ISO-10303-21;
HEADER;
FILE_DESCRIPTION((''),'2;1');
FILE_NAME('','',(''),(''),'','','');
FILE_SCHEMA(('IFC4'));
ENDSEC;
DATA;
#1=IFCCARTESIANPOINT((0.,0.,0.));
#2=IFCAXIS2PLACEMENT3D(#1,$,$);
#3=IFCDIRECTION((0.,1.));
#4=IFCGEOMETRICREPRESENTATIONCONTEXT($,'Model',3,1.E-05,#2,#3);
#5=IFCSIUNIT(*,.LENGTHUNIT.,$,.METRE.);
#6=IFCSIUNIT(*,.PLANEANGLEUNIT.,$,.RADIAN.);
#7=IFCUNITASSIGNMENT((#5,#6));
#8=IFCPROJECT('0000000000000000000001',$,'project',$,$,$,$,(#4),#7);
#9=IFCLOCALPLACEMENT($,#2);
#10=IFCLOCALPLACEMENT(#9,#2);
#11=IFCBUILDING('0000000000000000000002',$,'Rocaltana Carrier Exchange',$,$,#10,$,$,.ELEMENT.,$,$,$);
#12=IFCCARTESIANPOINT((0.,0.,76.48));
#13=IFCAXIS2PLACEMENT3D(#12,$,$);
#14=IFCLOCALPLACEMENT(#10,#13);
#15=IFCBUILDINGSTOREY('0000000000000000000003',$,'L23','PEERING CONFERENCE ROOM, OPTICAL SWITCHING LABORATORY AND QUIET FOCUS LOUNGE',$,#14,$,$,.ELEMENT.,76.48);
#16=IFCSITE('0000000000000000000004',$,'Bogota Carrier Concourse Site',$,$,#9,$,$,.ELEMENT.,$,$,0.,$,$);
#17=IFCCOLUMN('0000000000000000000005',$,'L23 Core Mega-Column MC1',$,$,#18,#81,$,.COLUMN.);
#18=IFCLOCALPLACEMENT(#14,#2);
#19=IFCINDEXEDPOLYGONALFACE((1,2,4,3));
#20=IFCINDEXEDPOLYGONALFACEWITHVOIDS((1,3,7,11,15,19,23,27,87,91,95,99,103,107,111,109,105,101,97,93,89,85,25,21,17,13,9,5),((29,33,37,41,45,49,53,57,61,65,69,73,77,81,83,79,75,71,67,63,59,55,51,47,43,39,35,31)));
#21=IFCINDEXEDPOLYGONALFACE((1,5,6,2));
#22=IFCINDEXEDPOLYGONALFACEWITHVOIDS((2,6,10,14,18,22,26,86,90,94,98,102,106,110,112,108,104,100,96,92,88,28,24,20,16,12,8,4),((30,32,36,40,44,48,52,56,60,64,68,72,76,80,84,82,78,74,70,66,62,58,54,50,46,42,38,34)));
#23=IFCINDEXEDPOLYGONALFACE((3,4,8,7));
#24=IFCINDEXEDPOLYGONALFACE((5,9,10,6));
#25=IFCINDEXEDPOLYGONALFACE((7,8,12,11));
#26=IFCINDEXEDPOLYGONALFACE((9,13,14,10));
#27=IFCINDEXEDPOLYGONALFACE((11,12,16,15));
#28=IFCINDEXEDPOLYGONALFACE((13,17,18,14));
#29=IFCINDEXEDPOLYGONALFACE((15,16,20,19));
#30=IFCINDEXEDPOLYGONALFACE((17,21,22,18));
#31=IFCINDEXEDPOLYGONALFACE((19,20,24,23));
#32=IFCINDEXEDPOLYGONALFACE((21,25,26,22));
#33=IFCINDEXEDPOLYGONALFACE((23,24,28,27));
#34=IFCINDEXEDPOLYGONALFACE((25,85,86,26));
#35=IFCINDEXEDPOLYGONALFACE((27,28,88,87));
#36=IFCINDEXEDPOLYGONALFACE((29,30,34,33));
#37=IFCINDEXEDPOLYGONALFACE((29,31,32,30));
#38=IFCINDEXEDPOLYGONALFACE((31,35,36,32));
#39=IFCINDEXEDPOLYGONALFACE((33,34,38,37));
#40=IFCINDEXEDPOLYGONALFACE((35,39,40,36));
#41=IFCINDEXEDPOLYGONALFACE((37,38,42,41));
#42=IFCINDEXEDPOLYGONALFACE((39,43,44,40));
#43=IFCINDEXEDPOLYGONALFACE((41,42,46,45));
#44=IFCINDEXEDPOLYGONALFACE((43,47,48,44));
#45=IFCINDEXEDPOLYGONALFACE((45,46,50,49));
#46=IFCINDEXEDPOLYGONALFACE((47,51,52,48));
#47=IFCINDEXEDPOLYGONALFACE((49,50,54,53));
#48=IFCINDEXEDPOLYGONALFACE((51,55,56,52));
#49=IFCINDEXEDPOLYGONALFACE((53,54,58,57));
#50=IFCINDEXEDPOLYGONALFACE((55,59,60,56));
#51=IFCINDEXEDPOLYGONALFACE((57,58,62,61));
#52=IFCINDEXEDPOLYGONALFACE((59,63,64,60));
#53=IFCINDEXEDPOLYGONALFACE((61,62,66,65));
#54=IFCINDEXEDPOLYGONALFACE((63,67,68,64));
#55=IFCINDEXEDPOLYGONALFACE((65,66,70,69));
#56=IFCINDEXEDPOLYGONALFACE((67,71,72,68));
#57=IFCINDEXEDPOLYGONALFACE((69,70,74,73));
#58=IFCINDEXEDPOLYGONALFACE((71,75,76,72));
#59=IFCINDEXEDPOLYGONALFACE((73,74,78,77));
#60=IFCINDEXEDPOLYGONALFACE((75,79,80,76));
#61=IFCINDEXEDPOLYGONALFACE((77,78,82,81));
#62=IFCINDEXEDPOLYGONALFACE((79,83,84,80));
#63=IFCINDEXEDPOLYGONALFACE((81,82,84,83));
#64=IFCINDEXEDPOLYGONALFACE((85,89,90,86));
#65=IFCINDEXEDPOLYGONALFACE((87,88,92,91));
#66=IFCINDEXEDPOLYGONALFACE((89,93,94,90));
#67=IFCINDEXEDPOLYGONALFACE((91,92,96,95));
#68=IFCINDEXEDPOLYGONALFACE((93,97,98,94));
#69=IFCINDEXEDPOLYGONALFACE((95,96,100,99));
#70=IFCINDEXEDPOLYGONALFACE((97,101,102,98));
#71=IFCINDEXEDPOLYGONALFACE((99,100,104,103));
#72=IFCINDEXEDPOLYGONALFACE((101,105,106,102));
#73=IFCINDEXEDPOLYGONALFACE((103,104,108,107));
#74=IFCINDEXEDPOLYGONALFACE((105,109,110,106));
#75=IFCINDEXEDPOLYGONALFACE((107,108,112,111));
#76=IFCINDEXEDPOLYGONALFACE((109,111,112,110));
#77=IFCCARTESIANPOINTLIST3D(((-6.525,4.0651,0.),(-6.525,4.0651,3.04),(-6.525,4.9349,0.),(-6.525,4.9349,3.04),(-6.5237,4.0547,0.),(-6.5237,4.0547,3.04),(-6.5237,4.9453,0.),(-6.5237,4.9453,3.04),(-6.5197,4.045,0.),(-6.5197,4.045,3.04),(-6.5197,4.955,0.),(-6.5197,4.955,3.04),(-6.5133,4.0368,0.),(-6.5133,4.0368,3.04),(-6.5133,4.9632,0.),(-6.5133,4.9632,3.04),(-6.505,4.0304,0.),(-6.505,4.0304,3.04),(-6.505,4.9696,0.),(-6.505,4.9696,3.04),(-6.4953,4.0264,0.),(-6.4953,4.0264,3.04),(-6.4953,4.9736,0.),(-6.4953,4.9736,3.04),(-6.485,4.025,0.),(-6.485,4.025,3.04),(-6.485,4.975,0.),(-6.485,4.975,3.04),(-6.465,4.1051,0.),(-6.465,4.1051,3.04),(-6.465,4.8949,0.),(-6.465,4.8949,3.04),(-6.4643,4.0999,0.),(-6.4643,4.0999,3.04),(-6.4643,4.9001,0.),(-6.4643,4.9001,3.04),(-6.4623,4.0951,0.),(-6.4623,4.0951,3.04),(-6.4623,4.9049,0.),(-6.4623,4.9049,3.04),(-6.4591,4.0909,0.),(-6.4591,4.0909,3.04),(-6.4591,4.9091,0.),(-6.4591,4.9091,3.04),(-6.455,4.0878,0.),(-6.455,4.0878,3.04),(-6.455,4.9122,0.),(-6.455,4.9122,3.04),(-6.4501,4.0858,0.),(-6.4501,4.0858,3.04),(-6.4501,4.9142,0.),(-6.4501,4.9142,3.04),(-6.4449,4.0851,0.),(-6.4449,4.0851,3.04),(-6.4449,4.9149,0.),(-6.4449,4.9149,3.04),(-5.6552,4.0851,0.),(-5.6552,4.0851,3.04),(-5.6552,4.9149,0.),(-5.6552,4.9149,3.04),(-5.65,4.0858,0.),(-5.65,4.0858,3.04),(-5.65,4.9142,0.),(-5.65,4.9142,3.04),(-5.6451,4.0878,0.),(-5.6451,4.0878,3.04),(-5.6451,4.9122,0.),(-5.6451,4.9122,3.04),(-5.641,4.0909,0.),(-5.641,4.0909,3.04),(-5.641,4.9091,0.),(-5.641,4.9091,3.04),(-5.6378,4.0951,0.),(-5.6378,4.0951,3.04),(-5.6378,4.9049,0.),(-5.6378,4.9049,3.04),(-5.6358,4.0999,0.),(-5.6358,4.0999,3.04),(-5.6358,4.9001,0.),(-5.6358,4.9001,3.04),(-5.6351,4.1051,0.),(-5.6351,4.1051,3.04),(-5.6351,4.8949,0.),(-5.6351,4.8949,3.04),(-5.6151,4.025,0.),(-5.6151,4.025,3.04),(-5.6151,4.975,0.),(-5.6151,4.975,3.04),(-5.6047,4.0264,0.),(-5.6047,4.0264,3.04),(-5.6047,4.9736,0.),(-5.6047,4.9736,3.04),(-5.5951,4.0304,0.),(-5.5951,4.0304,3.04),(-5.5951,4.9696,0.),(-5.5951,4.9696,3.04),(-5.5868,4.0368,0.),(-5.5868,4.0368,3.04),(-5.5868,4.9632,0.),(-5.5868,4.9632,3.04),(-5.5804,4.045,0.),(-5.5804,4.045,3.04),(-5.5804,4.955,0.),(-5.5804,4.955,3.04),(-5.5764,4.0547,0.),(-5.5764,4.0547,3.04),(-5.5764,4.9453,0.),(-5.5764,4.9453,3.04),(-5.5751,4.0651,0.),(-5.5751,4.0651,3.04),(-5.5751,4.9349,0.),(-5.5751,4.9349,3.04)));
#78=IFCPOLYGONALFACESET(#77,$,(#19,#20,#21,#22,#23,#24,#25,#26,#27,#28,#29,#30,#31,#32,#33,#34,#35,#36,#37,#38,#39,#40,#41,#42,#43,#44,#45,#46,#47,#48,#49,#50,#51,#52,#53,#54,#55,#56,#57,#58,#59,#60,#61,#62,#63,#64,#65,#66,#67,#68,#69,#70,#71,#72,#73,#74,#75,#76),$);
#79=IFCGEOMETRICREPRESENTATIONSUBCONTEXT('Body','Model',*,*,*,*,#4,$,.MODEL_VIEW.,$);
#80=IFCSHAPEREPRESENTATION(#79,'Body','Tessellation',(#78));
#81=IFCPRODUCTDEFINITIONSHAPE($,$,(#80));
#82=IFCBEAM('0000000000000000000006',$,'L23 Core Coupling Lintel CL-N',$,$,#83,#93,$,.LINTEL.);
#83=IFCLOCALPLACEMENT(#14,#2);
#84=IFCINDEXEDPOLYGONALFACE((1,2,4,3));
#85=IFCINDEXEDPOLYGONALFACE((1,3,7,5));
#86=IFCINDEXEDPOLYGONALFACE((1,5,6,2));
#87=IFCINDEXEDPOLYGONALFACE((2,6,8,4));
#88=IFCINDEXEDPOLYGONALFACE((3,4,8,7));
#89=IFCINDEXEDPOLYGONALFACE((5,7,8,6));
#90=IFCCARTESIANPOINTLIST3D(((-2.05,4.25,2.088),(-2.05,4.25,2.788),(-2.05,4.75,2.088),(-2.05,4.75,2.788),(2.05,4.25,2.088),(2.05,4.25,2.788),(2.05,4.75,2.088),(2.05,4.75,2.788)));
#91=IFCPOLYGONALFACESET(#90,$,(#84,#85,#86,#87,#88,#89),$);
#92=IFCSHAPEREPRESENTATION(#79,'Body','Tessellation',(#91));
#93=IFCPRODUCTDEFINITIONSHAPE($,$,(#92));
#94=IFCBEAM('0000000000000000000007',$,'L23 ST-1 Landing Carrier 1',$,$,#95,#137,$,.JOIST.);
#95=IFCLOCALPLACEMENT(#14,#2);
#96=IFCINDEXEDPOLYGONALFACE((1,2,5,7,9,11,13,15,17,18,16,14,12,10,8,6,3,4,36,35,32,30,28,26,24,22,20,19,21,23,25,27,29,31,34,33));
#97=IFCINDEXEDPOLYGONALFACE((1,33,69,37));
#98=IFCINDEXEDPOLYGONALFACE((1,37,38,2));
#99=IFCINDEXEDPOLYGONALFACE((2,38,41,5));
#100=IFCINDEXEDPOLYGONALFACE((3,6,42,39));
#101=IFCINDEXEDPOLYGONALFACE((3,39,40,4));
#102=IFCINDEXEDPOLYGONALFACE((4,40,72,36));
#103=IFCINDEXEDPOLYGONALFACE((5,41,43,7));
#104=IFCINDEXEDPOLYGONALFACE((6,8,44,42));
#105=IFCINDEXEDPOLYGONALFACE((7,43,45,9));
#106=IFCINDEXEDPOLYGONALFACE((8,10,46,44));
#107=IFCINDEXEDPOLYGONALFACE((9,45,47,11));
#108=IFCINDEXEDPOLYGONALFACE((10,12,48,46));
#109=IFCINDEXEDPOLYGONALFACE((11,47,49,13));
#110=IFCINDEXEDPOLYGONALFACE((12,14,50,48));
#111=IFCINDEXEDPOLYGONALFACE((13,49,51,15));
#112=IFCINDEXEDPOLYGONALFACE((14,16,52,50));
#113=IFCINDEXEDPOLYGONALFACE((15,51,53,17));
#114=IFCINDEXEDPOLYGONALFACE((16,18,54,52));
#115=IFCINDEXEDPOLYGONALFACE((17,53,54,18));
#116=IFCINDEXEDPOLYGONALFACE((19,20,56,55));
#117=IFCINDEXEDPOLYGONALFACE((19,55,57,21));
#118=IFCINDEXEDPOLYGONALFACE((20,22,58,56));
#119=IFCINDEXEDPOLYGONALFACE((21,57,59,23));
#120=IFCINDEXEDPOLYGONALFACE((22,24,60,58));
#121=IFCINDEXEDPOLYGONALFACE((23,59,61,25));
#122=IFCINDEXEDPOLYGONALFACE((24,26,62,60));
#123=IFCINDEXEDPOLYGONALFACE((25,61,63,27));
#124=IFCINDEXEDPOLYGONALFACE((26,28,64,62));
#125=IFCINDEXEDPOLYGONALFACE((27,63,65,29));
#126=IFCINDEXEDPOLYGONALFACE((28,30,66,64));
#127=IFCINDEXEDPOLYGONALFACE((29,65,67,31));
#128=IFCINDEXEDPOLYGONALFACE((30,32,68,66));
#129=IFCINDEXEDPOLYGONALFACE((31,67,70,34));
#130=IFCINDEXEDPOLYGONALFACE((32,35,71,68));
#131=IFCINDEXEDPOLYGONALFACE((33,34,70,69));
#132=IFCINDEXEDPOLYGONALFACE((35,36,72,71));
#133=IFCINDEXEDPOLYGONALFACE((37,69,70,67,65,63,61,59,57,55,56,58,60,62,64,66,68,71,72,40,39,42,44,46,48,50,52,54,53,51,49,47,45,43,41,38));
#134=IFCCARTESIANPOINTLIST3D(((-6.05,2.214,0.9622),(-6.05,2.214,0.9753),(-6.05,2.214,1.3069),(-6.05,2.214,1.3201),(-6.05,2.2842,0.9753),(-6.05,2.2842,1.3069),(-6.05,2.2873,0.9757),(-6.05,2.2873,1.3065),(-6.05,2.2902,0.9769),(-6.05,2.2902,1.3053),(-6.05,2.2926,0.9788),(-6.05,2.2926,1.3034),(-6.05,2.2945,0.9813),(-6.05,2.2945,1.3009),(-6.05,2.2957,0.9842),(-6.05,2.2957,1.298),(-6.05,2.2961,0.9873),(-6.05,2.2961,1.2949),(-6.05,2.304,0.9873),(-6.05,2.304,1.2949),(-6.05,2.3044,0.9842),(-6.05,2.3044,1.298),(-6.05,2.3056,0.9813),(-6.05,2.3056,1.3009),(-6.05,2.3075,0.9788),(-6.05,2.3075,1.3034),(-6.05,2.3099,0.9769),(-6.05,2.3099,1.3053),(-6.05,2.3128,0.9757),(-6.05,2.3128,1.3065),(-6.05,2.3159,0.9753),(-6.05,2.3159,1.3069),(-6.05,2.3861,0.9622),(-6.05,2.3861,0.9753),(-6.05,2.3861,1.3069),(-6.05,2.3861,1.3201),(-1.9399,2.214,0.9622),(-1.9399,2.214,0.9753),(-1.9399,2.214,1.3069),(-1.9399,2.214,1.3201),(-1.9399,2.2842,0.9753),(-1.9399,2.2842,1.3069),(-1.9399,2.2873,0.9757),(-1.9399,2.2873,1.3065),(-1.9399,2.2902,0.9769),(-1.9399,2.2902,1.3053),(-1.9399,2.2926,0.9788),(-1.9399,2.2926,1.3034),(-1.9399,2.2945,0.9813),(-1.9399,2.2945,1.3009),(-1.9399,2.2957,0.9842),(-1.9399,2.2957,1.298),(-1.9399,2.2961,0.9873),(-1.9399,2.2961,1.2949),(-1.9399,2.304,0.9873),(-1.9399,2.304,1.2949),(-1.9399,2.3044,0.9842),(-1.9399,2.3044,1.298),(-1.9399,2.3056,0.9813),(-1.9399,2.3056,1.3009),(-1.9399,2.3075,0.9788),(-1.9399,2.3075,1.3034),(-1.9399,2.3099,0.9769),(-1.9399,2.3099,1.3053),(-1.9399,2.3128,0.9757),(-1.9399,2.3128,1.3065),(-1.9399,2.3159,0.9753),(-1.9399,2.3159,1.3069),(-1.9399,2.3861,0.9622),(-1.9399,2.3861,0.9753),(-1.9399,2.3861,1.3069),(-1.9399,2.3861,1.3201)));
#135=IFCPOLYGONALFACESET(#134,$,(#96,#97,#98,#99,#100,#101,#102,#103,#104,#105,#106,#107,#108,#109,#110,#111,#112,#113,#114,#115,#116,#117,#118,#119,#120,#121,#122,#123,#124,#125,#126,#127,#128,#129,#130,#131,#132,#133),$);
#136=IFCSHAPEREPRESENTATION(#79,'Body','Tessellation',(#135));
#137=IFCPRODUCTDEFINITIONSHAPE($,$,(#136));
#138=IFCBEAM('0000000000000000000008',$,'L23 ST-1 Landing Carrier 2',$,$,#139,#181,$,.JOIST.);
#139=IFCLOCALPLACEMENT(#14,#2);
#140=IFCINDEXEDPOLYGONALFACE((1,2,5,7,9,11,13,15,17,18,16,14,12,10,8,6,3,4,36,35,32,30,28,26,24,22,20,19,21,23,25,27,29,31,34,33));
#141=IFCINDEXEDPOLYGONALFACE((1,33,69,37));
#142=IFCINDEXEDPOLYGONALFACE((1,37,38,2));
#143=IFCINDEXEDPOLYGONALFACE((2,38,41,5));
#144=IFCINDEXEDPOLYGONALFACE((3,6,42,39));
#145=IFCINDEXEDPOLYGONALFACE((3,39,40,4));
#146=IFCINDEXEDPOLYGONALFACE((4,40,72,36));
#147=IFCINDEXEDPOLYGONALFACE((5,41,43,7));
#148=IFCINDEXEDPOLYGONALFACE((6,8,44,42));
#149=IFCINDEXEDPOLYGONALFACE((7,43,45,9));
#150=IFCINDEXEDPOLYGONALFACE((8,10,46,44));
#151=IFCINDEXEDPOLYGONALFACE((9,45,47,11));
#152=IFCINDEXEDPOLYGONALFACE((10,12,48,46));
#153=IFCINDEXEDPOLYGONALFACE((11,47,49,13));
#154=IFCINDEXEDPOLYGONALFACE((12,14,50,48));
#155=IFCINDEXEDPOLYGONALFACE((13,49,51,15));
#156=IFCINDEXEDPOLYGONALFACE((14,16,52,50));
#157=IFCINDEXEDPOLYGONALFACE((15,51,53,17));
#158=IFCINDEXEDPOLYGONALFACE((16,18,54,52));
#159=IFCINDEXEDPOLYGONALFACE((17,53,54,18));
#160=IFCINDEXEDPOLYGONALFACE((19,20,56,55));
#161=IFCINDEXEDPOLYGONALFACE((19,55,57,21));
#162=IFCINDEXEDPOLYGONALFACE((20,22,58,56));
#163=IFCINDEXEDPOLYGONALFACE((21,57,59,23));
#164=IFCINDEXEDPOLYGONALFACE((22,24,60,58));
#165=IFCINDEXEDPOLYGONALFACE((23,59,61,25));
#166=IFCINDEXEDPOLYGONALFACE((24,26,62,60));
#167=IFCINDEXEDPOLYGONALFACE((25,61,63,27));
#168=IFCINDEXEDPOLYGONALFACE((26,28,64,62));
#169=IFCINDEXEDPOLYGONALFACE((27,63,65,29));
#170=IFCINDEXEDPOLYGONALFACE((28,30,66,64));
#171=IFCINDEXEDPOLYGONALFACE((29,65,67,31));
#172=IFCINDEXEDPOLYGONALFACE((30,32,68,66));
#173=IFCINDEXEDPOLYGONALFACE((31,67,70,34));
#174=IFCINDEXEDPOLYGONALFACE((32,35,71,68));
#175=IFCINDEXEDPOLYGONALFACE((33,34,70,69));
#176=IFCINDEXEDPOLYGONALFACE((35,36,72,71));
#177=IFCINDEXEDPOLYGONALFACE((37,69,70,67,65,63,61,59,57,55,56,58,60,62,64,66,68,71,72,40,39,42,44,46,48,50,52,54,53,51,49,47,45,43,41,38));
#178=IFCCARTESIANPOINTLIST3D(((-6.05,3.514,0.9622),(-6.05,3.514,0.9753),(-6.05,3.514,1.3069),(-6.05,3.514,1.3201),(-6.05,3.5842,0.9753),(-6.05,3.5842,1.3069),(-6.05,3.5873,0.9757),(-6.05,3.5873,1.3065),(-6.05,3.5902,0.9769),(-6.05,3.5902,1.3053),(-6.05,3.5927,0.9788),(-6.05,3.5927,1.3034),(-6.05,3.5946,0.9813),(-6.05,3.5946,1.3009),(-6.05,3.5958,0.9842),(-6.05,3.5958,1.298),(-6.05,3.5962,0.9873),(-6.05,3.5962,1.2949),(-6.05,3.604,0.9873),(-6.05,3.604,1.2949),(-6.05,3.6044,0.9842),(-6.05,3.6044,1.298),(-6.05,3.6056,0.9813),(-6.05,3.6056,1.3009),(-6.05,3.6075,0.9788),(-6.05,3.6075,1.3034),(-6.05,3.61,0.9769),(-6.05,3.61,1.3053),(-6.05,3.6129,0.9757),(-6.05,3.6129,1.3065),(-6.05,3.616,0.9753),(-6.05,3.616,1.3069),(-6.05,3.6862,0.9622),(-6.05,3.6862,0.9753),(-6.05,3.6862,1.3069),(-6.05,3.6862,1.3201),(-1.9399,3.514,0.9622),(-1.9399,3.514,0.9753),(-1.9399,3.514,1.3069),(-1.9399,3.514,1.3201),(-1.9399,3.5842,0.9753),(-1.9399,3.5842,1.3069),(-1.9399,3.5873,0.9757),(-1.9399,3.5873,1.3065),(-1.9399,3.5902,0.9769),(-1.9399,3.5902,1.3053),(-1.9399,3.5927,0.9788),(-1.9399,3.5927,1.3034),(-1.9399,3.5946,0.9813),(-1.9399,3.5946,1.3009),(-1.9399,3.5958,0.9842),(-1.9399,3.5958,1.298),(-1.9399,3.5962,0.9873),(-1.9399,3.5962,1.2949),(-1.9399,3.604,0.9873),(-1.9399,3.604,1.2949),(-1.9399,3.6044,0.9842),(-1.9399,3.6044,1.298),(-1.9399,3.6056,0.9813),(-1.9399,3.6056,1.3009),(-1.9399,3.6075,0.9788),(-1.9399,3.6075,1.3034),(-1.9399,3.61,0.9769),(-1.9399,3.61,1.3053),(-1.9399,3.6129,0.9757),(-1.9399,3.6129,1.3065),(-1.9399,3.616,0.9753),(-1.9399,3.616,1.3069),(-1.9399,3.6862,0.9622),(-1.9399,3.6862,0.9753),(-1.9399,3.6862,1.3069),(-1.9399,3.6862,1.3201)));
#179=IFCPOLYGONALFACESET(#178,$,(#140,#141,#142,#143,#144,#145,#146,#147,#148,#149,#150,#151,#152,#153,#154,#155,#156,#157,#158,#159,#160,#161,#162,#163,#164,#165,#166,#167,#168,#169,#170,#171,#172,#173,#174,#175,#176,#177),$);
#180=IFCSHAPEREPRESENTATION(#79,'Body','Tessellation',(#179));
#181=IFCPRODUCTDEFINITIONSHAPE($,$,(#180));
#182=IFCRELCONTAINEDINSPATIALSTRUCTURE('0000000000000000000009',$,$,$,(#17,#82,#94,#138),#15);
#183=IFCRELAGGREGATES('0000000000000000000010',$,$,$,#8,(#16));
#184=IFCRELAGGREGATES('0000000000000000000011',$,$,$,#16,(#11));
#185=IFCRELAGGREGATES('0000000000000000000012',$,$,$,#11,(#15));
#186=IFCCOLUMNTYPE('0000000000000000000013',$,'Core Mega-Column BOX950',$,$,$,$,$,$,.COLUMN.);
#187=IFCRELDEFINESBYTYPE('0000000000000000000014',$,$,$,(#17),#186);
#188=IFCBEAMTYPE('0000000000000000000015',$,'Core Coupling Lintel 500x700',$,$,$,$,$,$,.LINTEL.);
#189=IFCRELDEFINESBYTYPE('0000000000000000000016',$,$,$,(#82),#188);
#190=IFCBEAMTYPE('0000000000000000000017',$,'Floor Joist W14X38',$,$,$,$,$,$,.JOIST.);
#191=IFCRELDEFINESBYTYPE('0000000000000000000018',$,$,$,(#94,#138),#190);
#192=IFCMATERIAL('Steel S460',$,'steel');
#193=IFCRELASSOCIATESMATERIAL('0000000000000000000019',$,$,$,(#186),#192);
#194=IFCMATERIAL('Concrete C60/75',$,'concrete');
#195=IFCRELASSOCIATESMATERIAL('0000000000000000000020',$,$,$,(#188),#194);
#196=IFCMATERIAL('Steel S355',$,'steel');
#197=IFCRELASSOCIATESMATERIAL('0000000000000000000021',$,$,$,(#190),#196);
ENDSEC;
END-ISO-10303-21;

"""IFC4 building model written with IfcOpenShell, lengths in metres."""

from ifc_helpers import new_model, si_unit, direction, frame, origin, origin_2d, place, context, subcontext, project, spatial, rectangle, hollow_rectangle, i_section, extrude, material, material_profile, profile_set, type_object, element, save


model = new_model("IFC4")

# Units and contexts
model_context = context("Model", 3, precision=1e-05, world=origin(), true_north=direction((0.0, 1.0)))
body_context = subcontext(model_context, "Body", "Model", "MODEL_VIEW")
ifc_project = project(units=[si_unit("LENGTHUNIT", "METRE"), si_unit("PLANEANGLEUNIT", "RADIAN")], contexts=[model_context])

# Site, building, storey
site_placement = place(None, origin())
site = spatial("IfcSite", under=ifc_project, at=site_placement, Name="Bogota Carrier Concourse Site", CompositionType="ELEMENT", RefElevation=0.0)
building_placement = place(site_placement, origin())
building = spatial("IfcBuilding", under=site, at=building_placement, Name="Rocaltana Carrier Exchange", CompositionType="ELEMENT")
storey_placement = place(building_placement, frame((0.0, 0.0, 76.48)))
storey = spatial("IfcBuildingStorey", under=building, at=storey_placement, Name="L23", Description="PEERING CONFERENCE ROOM, OPTICAL SWITCHING LABORATORY AND QUIET FOCUS LOUNGE", CompositionType="ELEMENT", Elevation=76.48)

# Column
ifc_material_1 = material(Name="Steel S460", Category="steel")
ifc_material_profile_1 = material_profile(ifc_material_1, hollow_rectangle(XDim=0.95, YDim=0.95, WallThickness=0.0601, InnerFilletRadius=0.02, OuterFilletRadius=0.04, at=origin_2d()), Name="BOX950X950X60")
ifc_profile_set_1 = profile_set([ifc_material_profile_1], Name="Steel S460")
column_type = type_object("IfcColumnType", Name="Core Mega-Column BOX950", PredefinedType="COLUMN", material=ifc_profile_set_1)
column_placement = place(storey_placement, frame((-6.05, 4.5, 0.0), z_axis=(0.0, 0.0, 1.0), x_axis=(1.0, 0.0, 0.0)))
element("IfcColumn", 1, at=column_placement, inside=storey, type_object=column_type, Name="L23 Core Mega-Column MC1", PredefinedType="COLUMN", context=body_context, shape_type="SweptSolid", body=[
    extrude(hollow_rectangle(XDim=0.95, YDim=0.95, WallThickness=0.0601, InnerFilletRadius=0.02, OuterFilletRadius=0.04, at=origin_2d()), origin(), (0.0, 0.0, 1.0), 3.04),
])

# Beams
ifc_material_2 = material(Name="Concrete C60/75", Category="concrete")
ifc_material_profile_2 = material_profile(ifc_material_2, rectangle(XDim=0.5, YDim=0.7, at=origin_2d()), Name="RC-BM-500X700")
ifc_profile_set_2 = profile_set([ifc_material_profile_2], Name="Concrete C60/75")
beam_type_1 = type_object("IfcBeamType", Name="Core Coupling Lintel 500x700", PredefinedType="LINTEL", material=ifc_profile_set_2)
beam_1_placement = place(storey_placement, frame((-2.05, 4.5, 2.438), z_axis=(1.0, 0.0, 0.0), x_axis=(0.0, 1.0, 0.0)))
element("IfcBeam", 2, at=beam_1_placement, inside=storey, type_object=beam_type_1, Name="L23 Core Coupling Lintel CL-N", PredefinedType="LINTEL", context=body_context, shape_type="SweptSolid", body=[
    extrude(rectangle(XDim=0.5, YDim=0.7, at=origin_2d()), origin(), (0.0, 0.0, 1.0), 4.1001),
])
ifc_material_3 = material(Name="Steel S355", Category="steel")
ifc_material_profile_3 = material_profile(ifc_material_3, i_section(OverallWidth=0.1721, OverallDepth=0.3579, WebThickness=0.0078, FlangeThickness=0.0132, FilletRadius=0.012, at=origin_2d()), Name="W14X38")
ifc_profile_set_3 = profile_set([ifc_material_profile_3], Name="Steel S355")
beam_type_2 = type_object("IfcBeamType", Name="Floor Joist W14X38", PredefinedType="JOIST", material=ifc_profile_set_3)
for number, where, z_axis, x_axis, name in (
    (3, (-6.05, 2.3, 1.1411), (1.0, 0.0, 0.0), (0.0, 1.0, 0.0), "L23 ST-1 Landing Carrier 1"),
    (4, (-6.05, 3.6001, 1.1411), (1.0, 0.0, 0.0), (0.0, 1.0, 0.0), "L23 ST-1 Landing Carrier 2"),
):
    element("IfcBeam", number, at=place(storey_placement, frame(where, z_axis=z_axis, x_axis=x_axis)), inside=storey, type_object=beam_type_2, Name=name, PredefinedType="JOIST", context=body_context, shape_type="SweptSolid", body=[
        extrude(i_section(OverallWidth=0.1721, OverallDepth=0.3579, WebThickness=0.0078, FlangeThickness=0.0132, FilletRadius=0.012, at=origin_2d()), origin(), (0.0, 0.0, 1.0), 4.1101),
    ])

save(model, "model.ifc")
